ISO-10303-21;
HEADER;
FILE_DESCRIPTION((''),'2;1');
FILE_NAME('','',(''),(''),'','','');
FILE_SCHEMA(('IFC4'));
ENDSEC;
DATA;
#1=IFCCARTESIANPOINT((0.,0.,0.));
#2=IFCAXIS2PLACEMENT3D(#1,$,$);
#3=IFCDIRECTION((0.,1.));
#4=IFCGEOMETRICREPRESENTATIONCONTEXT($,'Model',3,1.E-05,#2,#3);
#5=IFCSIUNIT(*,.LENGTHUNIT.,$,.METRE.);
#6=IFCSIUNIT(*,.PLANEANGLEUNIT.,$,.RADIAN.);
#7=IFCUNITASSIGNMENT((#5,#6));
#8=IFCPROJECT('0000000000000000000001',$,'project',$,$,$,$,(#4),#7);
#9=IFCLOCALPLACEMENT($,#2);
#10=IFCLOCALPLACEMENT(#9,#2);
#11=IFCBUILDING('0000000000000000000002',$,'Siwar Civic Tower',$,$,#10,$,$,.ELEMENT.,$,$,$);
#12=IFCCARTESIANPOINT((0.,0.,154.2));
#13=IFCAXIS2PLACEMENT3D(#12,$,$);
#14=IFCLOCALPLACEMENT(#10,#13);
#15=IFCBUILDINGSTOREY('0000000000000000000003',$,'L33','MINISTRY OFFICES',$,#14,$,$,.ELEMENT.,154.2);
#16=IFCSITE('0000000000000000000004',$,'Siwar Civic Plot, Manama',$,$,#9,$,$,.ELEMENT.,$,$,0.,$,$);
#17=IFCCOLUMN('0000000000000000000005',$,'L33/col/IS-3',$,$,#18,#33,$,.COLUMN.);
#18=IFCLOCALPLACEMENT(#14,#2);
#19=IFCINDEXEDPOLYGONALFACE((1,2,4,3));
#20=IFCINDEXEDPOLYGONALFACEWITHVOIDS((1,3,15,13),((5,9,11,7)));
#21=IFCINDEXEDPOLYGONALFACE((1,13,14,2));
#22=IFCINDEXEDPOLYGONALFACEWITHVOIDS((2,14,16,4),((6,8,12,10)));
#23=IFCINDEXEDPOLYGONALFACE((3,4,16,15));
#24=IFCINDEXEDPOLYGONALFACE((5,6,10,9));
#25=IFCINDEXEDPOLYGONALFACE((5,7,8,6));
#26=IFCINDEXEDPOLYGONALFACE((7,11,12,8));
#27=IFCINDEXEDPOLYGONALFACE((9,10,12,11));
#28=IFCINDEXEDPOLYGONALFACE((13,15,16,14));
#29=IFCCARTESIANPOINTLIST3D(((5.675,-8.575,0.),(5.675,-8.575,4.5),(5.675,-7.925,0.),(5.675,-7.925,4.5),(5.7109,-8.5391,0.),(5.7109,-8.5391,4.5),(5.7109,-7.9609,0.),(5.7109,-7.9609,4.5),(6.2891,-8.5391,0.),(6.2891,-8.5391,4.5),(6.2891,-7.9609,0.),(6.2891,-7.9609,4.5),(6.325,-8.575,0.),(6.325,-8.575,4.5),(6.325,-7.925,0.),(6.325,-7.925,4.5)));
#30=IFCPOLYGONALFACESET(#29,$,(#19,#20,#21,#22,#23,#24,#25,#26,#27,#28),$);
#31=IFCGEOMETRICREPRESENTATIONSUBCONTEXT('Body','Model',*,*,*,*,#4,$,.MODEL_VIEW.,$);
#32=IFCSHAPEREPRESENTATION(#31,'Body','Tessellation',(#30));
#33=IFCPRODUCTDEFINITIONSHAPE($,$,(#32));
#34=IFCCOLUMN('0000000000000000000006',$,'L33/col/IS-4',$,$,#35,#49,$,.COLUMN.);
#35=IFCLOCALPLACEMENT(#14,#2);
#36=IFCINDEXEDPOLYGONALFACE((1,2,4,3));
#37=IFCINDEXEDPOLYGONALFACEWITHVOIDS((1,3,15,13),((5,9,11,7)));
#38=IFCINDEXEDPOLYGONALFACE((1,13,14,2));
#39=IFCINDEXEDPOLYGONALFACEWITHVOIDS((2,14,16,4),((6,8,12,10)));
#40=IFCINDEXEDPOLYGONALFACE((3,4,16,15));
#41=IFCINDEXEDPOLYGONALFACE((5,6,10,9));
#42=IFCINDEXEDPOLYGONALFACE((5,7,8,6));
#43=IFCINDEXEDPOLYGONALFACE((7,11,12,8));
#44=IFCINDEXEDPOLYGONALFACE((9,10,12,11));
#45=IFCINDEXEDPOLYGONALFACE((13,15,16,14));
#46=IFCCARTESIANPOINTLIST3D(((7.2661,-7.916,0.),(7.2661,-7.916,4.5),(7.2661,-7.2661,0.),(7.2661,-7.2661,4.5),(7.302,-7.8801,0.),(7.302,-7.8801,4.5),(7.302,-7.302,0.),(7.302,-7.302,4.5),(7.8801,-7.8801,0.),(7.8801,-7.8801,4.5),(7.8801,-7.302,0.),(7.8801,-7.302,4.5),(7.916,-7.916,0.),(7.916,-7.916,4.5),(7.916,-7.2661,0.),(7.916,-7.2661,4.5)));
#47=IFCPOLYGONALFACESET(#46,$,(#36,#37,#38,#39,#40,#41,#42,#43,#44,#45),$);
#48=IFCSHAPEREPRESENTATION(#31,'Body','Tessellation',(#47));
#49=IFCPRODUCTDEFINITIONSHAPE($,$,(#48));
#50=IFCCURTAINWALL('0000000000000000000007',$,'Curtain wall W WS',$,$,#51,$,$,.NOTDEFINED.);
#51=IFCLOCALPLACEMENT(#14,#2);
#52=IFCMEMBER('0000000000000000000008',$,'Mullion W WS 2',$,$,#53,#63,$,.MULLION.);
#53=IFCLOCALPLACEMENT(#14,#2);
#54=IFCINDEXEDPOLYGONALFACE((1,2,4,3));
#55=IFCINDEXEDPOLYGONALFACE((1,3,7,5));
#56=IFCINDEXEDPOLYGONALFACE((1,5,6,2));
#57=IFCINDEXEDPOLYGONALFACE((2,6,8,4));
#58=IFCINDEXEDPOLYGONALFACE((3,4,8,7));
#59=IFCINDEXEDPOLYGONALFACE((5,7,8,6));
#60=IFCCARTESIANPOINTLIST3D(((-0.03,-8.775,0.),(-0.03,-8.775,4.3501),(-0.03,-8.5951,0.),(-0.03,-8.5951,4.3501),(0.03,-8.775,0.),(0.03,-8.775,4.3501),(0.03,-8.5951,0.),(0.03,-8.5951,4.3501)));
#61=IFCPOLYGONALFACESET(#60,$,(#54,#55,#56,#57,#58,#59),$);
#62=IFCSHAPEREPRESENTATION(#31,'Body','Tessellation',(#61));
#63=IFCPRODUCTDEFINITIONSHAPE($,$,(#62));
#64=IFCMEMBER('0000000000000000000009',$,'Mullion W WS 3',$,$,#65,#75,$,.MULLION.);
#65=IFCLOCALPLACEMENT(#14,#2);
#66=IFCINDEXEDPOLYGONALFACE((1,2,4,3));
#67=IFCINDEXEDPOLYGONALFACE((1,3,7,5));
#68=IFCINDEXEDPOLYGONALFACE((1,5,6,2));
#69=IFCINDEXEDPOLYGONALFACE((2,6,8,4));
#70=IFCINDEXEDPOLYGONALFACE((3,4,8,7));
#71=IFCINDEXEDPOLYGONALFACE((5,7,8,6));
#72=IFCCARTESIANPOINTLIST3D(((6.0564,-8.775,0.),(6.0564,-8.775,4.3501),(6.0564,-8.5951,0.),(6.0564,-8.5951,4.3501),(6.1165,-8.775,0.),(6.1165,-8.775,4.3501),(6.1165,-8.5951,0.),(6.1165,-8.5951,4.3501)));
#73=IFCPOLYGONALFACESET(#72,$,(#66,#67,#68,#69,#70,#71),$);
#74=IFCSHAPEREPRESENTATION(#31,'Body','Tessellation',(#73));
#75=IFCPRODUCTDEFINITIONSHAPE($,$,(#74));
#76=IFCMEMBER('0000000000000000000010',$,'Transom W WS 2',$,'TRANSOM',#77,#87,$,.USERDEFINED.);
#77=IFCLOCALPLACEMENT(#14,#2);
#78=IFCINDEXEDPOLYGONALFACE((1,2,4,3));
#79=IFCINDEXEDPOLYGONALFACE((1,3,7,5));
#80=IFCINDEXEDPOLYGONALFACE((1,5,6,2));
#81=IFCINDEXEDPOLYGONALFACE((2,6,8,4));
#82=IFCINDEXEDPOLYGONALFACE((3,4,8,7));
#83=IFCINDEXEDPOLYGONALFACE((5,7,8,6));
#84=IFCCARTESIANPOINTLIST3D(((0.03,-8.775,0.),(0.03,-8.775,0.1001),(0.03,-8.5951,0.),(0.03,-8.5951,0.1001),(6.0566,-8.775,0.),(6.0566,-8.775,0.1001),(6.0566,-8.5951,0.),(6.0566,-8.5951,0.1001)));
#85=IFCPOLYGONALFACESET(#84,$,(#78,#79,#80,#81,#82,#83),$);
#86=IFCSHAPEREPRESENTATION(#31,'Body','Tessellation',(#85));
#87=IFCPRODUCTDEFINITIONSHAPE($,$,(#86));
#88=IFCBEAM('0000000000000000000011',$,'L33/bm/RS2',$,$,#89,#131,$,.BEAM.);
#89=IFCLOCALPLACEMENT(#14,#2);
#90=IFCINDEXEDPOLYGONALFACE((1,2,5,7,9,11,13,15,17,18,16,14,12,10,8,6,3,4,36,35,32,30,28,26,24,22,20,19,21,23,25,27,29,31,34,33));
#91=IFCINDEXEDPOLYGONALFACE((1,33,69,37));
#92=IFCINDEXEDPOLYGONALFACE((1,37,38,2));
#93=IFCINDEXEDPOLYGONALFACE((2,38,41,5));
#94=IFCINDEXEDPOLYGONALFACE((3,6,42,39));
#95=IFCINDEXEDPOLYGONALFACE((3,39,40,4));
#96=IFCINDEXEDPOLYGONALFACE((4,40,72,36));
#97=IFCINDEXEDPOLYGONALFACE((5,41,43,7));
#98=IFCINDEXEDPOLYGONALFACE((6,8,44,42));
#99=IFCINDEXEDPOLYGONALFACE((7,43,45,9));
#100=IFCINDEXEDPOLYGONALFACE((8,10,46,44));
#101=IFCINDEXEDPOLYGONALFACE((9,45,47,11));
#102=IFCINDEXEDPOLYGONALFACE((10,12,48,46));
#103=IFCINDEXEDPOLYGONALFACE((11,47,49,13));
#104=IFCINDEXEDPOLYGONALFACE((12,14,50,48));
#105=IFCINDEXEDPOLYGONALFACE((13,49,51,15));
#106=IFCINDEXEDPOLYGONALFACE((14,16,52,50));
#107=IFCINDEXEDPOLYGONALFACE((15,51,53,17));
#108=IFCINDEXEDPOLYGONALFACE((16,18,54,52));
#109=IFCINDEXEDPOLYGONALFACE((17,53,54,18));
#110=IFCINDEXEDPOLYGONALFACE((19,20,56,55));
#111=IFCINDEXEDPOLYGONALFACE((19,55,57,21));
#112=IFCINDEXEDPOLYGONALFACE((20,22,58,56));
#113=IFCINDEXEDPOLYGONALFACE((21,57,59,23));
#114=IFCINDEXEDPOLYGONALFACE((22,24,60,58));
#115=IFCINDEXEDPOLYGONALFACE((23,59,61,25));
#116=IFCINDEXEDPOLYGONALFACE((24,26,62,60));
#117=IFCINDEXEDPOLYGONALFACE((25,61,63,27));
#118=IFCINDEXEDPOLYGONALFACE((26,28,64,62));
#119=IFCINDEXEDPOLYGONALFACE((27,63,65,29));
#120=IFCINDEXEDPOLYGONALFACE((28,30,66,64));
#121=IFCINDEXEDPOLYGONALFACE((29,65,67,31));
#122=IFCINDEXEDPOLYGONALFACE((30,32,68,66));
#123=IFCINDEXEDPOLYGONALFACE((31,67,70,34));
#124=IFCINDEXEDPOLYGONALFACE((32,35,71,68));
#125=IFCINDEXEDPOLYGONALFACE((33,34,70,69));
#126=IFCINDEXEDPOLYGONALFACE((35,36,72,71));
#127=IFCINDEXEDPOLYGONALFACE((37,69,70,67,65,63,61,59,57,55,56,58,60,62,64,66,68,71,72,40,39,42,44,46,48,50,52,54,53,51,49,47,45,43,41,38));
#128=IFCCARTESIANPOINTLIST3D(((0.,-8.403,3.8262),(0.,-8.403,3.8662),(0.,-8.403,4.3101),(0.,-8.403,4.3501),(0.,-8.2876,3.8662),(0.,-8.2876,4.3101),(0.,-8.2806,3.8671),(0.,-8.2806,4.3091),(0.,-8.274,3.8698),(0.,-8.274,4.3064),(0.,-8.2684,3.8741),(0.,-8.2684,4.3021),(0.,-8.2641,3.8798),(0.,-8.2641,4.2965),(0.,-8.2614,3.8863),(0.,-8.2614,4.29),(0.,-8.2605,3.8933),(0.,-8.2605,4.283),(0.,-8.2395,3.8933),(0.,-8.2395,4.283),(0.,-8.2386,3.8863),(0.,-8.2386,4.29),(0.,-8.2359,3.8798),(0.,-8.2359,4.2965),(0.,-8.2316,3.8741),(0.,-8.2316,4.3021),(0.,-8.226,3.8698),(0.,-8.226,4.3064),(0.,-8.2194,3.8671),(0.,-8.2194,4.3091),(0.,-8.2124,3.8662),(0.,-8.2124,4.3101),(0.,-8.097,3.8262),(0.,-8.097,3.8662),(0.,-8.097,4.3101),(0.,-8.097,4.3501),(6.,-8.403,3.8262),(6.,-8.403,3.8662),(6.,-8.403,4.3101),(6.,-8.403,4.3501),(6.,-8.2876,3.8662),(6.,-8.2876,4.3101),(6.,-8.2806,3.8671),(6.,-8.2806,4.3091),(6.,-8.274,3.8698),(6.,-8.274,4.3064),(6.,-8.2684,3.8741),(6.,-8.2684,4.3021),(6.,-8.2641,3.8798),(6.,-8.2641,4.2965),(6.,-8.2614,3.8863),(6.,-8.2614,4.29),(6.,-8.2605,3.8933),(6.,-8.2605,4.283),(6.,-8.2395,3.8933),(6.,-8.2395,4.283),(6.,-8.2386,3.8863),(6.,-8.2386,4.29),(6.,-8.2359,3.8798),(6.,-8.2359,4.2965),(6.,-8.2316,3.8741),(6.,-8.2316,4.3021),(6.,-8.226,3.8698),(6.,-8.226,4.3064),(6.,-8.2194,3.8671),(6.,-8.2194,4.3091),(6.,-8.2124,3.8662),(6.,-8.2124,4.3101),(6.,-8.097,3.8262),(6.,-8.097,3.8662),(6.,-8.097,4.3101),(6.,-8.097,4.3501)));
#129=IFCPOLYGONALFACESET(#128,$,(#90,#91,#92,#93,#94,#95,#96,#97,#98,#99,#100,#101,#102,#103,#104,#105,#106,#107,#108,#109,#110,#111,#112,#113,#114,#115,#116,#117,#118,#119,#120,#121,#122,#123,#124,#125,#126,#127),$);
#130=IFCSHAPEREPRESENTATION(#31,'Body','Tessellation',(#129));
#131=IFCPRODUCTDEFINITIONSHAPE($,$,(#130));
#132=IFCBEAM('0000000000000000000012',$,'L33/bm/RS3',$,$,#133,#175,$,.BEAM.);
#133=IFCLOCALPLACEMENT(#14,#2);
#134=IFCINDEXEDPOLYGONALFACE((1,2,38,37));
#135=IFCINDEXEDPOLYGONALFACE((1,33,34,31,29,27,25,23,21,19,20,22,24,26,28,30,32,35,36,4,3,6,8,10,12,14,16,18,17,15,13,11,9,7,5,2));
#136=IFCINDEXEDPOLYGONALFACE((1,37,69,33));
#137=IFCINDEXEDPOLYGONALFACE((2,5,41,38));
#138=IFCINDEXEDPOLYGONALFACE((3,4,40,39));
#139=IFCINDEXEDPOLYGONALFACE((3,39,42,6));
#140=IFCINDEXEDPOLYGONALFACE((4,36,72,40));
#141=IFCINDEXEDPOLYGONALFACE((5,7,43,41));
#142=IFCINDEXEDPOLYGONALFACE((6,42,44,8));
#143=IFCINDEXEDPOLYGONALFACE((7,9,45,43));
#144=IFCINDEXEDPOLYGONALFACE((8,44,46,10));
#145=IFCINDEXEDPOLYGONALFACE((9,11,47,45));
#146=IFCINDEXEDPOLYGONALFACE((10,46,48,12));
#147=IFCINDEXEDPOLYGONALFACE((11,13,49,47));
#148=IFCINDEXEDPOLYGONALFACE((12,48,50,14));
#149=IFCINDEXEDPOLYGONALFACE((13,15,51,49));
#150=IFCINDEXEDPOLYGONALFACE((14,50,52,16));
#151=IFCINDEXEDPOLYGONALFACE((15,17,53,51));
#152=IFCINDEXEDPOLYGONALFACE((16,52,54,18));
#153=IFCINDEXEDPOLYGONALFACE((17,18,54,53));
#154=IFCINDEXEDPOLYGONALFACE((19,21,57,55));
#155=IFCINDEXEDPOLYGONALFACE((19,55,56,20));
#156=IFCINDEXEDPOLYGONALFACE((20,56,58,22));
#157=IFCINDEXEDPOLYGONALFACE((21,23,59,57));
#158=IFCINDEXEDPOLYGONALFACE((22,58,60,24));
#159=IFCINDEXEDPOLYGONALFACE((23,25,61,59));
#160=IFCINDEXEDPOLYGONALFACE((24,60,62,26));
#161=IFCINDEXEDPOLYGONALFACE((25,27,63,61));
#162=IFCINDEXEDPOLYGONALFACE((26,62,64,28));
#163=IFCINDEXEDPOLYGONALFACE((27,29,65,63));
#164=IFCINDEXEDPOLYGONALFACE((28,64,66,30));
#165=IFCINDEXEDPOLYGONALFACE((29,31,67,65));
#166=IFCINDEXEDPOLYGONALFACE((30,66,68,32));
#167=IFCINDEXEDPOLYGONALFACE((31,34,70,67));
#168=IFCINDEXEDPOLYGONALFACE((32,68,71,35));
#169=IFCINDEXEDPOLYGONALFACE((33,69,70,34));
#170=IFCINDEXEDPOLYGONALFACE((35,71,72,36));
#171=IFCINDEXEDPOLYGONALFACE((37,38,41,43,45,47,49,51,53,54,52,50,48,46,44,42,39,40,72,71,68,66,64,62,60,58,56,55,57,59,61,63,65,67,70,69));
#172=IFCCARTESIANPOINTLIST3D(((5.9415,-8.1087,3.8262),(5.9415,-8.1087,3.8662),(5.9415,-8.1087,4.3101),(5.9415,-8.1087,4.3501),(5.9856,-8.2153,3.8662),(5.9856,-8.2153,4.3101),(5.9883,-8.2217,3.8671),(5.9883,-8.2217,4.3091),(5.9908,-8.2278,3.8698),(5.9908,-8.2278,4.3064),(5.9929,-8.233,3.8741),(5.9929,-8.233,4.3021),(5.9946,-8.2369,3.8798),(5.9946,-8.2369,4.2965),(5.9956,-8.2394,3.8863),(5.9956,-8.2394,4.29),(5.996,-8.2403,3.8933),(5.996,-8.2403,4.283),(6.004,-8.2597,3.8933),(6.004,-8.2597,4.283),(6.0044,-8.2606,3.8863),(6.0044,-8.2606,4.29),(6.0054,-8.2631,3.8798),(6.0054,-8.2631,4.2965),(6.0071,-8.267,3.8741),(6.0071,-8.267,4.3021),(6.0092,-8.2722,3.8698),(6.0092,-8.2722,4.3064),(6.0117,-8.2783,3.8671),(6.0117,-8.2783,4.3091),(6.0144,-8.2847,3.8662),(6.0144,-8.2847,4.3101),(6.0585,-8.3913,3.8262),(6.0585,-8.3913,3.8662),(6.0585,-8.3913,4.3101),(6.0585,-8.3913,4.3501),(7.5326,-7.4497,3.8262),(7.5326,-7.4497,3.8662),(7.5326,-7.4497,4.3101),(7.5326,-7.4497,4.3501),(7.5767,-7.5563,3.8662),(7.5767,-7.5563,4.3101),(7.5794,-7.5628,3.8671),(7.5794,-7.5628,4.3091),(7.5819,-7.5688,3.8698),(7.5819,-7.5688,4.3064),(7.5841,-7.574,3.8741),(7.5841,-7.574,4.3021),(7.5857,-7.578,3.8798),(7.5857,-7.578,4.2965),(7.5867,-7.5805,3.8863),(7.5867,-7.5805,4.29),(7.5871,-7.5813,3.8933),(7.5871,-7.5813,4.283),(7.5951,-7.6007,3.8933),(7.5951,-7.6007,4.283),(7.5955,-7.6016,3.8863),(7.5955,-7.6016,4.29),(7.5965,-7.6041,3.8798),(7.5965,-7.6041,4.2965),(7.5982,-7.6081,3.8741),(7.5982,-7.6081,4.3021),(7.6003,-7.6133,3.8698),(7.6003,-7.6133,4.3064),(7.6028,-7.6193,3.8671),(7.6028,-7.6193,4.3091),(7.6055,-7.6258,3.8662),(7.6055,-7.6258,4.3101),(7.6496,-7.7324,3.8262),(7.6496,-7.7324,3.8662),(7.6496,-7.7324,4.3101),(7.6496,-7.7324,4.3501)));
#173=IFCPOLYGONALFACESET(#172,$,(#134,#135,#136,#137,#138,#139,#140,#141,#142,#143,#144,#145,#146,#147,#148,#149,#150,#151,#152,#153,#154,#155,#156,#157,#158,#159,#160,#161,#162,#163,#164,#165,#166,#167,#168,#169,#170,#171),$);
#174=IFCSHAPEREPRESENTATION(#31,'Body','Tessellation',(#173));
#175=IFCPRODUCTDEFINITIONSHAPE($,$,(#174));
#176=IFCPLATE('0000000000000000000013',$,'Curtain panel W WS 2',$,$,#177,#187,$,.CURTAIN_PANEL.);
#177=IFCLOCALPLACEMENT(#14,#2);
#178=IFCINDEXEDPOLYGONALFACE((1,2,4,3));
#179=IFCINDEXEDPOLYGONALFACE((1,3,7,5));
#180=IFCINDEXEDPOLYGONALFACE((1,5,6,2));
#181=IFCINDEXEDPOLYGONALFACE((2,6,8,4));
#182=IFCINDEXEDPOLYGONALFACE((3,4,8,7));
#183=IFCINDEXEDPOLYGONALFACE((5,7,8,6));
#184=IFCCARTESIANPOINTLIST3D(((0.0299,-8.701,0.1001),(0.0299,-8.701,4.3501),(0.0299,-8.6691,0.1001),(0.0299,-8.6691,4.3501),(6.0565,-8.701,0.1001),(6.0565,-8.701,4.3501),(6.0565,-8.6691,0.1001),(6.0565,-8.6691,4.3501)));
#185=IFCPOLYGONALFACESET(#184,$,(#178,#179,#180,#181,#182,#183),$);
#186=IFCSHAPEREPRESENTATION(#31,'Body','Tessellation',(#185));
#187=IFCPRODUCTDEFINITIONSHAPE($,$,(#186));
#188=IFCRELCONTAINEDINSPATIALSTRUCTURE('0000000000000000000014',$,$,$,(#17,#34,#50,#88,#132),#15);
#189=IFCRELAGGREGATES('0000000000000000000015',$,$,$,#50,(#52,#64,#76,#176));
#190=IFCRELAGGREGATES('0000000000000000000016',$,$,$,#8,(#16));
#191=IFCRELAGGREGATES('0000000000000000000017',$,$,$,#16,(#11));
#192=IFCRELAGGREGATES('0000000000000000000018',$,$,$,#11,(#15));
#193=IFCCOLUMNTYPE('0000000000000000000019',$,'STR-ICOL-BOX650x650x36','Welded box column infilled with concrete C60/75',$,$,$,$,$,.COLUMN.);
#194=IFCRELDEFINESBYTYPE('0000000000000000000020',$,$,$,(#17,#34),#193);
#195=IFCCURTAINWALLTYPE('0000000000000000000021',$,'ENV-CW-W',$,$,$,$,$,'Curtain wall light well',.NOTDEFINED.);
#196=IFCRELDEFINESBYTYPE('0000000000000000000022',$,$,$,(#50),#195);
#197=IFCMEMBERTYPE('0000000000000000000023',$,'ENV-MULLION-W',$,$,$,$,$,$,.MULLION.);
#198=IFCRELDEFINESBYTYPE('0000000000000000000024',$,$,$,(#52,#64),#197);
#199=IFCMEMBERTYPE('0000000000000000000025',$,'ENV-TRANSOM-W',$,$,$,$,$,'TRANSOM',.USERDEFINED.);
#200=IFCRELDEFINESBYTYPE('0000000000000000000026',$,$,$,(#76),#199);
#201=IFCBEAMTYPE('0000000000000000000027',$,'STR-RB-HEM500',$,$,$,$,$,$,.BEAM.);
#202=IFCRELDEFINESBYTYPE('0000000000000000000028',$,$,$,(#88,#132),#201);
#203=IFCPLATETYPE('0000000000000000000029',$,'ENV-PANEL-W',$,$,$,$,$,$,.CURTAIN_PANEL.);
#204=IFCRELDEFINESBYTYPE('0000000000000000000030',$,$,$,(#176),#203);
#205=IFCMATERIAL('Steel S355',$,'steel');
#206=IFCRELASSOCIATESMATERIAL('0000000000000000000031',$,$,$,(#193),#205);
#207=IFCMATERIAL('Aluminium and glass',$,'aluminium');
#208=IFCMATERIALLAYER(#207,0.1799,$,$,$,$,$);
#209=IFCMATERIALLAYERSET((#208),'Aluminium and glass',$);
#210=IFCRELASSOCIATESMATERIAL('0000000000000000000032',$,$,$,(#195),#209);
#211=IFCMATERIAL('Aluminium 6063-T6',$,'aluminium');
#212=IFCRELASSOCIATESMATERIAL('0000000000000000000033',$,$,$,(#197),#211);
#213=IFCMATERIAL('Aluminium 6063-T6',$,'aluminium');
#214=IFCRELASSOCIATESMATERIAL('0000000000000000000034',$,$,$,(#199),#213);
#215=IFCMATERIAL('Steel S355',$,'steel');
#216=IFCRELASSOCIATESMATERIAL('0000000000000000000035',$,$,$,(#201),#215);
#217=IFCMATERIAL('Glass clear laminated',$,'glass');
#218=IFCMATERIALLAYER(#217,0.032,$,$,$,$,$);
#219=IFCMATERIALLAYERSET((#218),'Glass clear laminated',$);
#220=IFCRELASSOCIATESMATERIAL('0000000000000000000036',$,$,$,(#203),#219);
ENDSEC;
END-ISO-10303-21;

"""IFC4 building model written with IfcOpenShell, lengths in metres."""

from ifc_helpers import new_model, si_unit, direction, frame, origin, origin_2d, place, context, subcontext, project, spatial, rectangle, hollow_rectangle, i_section, extrude, material, layer, layer_set, material_profile, profile_set, type_object, element, aggregate, save


model = new_model("IFC4")

# Units and contexts
model_context = context("Model", 3, precision=1e-05, world=origin(), true_north=direction((0.0, 1.0)))
body_context = subcontext(model_context, "Body", "Model", "MODEL_VIEW")
ifc_project = project(units=[si_unit("LENGTHUNIT", "METRE"), si_unit("PLANEANGLEUNIT", "RADIAN")], contexts=[model_context])

# Site, building, storey
site_placement = place(None, origin())
site = spatial("IfcSite", under=ifc_project, at=site_placement, Name="Siwar Civic Plot, Manama", CompositionType="ELEMENT", RefElevation=0.0)
building_placement = place(site_placement, origin())
building = spatial("IfcBuilding", under=site, at=building_placement, Name="Siwar Civic Tower", CompositionType="ELEMENT")
storey_placement = place(building_placement, frame((0.0, 0.0, 154.2)))
storey = spatial("IfcBuildingStorey", under=building, at=storey_placement, Name="L33", Description="MINISTRY OFFICES", CompositionType="ELEMENT", Elevation=154.2)

# Columns
ifc_material_1 = material(Name="Steel S355", Category="steel")
ifc_material_profile_1 = material_profile(ifc_material_1, hollow_rectangle(XDim=0.6499, YDim=0.6499, WallThickness=0.0359, at=origin_2d()), Name="BOX650x650x36")
ifc_profile_set_1 = profile_set([ifc_material_profile_1], Name="Steel S355")
column_type = type_object("IfcColumnType", Name="STR-ICOL-BOX650x650x36", Description="Welded box column infilled with concrete C60/75", PredefinedType="COLUMN", material=ifc_profile_set_1)
for number, where, z_axis, x_axis, name in (
    (1, (6.0, -8.25, 0.0), (0.0, 0.0, 1.0), (1.0, 0.0, 0.0), "L33/col/IS-3"),
    (2, (7.5911, -7.5911, 0.0), (0.0, 0.0, 1.0), (1.0, 0.0, 0.0), "L33/col/IS-4"),
):
    element("IfcColumn", number, at=place(storey_placement, frame(where, z_axis=z_axis, x_axis=x_axis)), inside=storey, type_object=column_type, Name=name, PredefinedType="COLUMN", context=body_context, shape_type="SweptSolid", body=[
        extrude(hollow_rectangle(XDim=0.6499, YDim=0.6499, WallThickness=0.0359, at=origin_2d()), origin(), (0.0, 0.0, 1.0), 4.5),
    ])

# Curtain wall, members
ifc_material_2 = material(Name="Aluminium and glass", Category="aluminium")
ifc_layer_1 = layer(ifc_material_2, 0.1799)
ifc_layer_set_1 = layer_set([ifc_layer_1], Name="Aluminium and glass")
curtain_wall_type = type_object("IfcCurtainWallType", Name="ENV-CW-W", ElementType="Curtain wall light well", PredefinedType="NOTDEFINED", material=ifc_layer_set_1)
curtain_wall_placement = place(storey_placement, origin())
curtain_wall = element("IfcCurtainWall", 3, at=curtain_wall_placement, inside=storey, type_object=curtain_wall_type, Name="Curtain wall W WS", PredefinedType="NOTDEFINED")
ifc_material_3 = material(Name="Aluminium 6063-T6", Category="aluminium")
ifc_material_profile_2 = material_profile(ifc_material_3, rectangle(XDim=0.1799, YDim=0.0601, at=origin_2d()), Name="AL 180x60")
ifc_profile_set_2 = profile_set([ifc_material_profile_2], Name="Aluminium 6063-T6")
member_type_1 = type_object("IfcMemberType", Name="ENV-MULLION-W", PredefinedType="MULLION", material=ifc_profile_set_2)
member_1_placement = place(storey_placement, frame((0.0, -8.6851, 0.0), z_axis=(0.0, 0.0, 1.0), x_axis=(0.0, 1.0, 0.0)))
member_1 = element("IfcMember", 4, at=member_1_placement, type_object=member_type_1, Name="Mullion W WS 2", PredefinedType="MULLION", context=body_context, shape_type="SweptSolid", body=[
    extrude(rectangle(XDim=0.1799, YDim=0.0601, at=origin_2d()), origin(), (0.0, 0.0, 1.0), 4.3501),
])
member_2_placement = place(storey_placement, frame((6.0864, -8.6851, 0.0), z_axis=(0.0, 0.0, 1.0), x_axis=(0.0, 1.0, 0.0)))
member_2 = element("IfcMember", 5, at=member_2_placement, type_object=member_type_1, Name="Mullion W WS 3", PredefinedType="MULLION", context=body_context, shape_type="SweptSolid", body=[
    extrude(rectangle(XDim=0.1799, YDim=0.0601, at=origin_2d()), origin(), (0.0, 0.0, 1.0), 4.3501),
])
ifc_material_4 = material(Name="Aluminium 6063-T6", Category="aluminium")
ifc_material_profile_3 = material_profile(ifc_material_4, rectangle(XDim=0.1799, YDim=0.1001, at=origin_2d()), Name="AL 180x100")
ifc_profile_set_3 = profile_set([ifc_material_profile_3], Name="Aluminium 6063-T6")
member_type_2 = type_object("IfcMemberType", Name="ENV-TRANSOM-W", ElementType="TRANSOM", PredefinedType="USERDEFINED", material=ifc_profile_set_3)
member_3_placement = place(storey_placement, frame((0.03, -8.6851, 0.05), z_axis=(1.0, 0.0, 0.0), x_axis=(0.0, 1.0, 0.0)))
member_3 = element("IfcMember", 6, at=member_3_placement, type_object=member_type_2, Name="Transom W WS 2", ObjectType="TRANSOM", PredefinedType="USERDEFINED", context=body_context, shape_type="SweptSolid", body=[
    extrude(rectangle(XDim=0.1799, YDim=0.1001, at=origin_2d()), origin(), (0.0, 0.0, 1.0), 6.0266),
])

# Beams
ifc_material_5 = material(Name="Steel S355", Category="steel")
ifc_material_profile_4 = material_profile(ifc_material_5, i_section(OverallWidth=0.3059, OverallDepth=0.5239, WebThickness=0.021, FlangeThickness=0.04, FilletRadius=0.0271, at=origin_2d()), Name="HEM500")
ifc_profile_set_4 = profile_set([ifc_material_profile_4], Name="Steel S355")
beam_type = type_object("IfcBeamType", Name="STR-RB-HEM500", PredefinedType="BEAM", material=ifc_profile_set_4)
beam_1_placement = place(storey_placement, frame((0.0, -8.25, 4.0881), z_axis=(1.0, 0.0, 0.0), x_axis=(0.0, 1.0, 0.0)))
element("IfcBeam", 7, at=beam_1_placement, inside=storey, type_object=beam_type, Name="L33/bm/RS2", PredefinedType="BEAM", context=body_context, shape_type="SweptSolid", body=[
    extrude(i_section(OverallWidth=0.3059, OverallDepth=0.5239, WebThickness=0.021, FlangeThickness=0.04, FilletRadius=0.0271, at=origin_2d()), origin(), (0.0, 0.0, 1.0), 6.0),
])
beam_2_placement = place(storey_placement, frame((6.0, -8.25, 4.0881), z_axis=(0.923901, 0.382631, 0.0), x_axis=(-0.382631, 0.923901, 0.0)))
element("IfcBeam", 8, at=beam_2_placement, inside=storey, type_object=beam_type, Name="L33/bm/RS3", PredefinedType="BEAM", context=body_context, shape_type="SweptSolid", body=[
    extrude(i_section(OverallWidth=0.3059, OverallDepth=0.5239, WebThickness=0.021, FlangeThickness=0.04, FilletRadius=0.0271, at=origin_2d()), origin(), (0.0, 0.0, 1.0), 1.7222),
])

# Plate
ifc_material_6 = material(Name="Glass clear laminated", Category="glass")
ifc_layer_2 = layer(ifc_material_6, 0.032)
ifc_layer_set_2 = layer_set([ifc_layer_2], Name="Glass clear laminated")
plate_type = type_object("IfcPlateType", Name="ENV-PANEL-W", PredefinedType="CURTAIN_PANEL", material=ifc_layer_set_2)
plate_placement = place(storey_placement, frame((3.0432, -8.6851, 0.1001), z_axis=(0.0, 0.0, 1.0), x_axis=(1.0, 0.0, 0.0)))
plate = element("IfcPlate", 9, at=plate_placement, type_object=plate_type, Name="Curtain panel W WS 2", PredefinedType="CURTAIN_PANEL", context=body_context, shape_type="SweptSolid", body=[
    extrude(rectangle(XDim=6.0266, YDim=0.032, at=origin_2d()), origin(), (0.0, 0.0, 1.0), 4.25),
])
aggregate(curtain_wall, [member_1, member_2, member_3, plate])

save(model, "model.ifc")
